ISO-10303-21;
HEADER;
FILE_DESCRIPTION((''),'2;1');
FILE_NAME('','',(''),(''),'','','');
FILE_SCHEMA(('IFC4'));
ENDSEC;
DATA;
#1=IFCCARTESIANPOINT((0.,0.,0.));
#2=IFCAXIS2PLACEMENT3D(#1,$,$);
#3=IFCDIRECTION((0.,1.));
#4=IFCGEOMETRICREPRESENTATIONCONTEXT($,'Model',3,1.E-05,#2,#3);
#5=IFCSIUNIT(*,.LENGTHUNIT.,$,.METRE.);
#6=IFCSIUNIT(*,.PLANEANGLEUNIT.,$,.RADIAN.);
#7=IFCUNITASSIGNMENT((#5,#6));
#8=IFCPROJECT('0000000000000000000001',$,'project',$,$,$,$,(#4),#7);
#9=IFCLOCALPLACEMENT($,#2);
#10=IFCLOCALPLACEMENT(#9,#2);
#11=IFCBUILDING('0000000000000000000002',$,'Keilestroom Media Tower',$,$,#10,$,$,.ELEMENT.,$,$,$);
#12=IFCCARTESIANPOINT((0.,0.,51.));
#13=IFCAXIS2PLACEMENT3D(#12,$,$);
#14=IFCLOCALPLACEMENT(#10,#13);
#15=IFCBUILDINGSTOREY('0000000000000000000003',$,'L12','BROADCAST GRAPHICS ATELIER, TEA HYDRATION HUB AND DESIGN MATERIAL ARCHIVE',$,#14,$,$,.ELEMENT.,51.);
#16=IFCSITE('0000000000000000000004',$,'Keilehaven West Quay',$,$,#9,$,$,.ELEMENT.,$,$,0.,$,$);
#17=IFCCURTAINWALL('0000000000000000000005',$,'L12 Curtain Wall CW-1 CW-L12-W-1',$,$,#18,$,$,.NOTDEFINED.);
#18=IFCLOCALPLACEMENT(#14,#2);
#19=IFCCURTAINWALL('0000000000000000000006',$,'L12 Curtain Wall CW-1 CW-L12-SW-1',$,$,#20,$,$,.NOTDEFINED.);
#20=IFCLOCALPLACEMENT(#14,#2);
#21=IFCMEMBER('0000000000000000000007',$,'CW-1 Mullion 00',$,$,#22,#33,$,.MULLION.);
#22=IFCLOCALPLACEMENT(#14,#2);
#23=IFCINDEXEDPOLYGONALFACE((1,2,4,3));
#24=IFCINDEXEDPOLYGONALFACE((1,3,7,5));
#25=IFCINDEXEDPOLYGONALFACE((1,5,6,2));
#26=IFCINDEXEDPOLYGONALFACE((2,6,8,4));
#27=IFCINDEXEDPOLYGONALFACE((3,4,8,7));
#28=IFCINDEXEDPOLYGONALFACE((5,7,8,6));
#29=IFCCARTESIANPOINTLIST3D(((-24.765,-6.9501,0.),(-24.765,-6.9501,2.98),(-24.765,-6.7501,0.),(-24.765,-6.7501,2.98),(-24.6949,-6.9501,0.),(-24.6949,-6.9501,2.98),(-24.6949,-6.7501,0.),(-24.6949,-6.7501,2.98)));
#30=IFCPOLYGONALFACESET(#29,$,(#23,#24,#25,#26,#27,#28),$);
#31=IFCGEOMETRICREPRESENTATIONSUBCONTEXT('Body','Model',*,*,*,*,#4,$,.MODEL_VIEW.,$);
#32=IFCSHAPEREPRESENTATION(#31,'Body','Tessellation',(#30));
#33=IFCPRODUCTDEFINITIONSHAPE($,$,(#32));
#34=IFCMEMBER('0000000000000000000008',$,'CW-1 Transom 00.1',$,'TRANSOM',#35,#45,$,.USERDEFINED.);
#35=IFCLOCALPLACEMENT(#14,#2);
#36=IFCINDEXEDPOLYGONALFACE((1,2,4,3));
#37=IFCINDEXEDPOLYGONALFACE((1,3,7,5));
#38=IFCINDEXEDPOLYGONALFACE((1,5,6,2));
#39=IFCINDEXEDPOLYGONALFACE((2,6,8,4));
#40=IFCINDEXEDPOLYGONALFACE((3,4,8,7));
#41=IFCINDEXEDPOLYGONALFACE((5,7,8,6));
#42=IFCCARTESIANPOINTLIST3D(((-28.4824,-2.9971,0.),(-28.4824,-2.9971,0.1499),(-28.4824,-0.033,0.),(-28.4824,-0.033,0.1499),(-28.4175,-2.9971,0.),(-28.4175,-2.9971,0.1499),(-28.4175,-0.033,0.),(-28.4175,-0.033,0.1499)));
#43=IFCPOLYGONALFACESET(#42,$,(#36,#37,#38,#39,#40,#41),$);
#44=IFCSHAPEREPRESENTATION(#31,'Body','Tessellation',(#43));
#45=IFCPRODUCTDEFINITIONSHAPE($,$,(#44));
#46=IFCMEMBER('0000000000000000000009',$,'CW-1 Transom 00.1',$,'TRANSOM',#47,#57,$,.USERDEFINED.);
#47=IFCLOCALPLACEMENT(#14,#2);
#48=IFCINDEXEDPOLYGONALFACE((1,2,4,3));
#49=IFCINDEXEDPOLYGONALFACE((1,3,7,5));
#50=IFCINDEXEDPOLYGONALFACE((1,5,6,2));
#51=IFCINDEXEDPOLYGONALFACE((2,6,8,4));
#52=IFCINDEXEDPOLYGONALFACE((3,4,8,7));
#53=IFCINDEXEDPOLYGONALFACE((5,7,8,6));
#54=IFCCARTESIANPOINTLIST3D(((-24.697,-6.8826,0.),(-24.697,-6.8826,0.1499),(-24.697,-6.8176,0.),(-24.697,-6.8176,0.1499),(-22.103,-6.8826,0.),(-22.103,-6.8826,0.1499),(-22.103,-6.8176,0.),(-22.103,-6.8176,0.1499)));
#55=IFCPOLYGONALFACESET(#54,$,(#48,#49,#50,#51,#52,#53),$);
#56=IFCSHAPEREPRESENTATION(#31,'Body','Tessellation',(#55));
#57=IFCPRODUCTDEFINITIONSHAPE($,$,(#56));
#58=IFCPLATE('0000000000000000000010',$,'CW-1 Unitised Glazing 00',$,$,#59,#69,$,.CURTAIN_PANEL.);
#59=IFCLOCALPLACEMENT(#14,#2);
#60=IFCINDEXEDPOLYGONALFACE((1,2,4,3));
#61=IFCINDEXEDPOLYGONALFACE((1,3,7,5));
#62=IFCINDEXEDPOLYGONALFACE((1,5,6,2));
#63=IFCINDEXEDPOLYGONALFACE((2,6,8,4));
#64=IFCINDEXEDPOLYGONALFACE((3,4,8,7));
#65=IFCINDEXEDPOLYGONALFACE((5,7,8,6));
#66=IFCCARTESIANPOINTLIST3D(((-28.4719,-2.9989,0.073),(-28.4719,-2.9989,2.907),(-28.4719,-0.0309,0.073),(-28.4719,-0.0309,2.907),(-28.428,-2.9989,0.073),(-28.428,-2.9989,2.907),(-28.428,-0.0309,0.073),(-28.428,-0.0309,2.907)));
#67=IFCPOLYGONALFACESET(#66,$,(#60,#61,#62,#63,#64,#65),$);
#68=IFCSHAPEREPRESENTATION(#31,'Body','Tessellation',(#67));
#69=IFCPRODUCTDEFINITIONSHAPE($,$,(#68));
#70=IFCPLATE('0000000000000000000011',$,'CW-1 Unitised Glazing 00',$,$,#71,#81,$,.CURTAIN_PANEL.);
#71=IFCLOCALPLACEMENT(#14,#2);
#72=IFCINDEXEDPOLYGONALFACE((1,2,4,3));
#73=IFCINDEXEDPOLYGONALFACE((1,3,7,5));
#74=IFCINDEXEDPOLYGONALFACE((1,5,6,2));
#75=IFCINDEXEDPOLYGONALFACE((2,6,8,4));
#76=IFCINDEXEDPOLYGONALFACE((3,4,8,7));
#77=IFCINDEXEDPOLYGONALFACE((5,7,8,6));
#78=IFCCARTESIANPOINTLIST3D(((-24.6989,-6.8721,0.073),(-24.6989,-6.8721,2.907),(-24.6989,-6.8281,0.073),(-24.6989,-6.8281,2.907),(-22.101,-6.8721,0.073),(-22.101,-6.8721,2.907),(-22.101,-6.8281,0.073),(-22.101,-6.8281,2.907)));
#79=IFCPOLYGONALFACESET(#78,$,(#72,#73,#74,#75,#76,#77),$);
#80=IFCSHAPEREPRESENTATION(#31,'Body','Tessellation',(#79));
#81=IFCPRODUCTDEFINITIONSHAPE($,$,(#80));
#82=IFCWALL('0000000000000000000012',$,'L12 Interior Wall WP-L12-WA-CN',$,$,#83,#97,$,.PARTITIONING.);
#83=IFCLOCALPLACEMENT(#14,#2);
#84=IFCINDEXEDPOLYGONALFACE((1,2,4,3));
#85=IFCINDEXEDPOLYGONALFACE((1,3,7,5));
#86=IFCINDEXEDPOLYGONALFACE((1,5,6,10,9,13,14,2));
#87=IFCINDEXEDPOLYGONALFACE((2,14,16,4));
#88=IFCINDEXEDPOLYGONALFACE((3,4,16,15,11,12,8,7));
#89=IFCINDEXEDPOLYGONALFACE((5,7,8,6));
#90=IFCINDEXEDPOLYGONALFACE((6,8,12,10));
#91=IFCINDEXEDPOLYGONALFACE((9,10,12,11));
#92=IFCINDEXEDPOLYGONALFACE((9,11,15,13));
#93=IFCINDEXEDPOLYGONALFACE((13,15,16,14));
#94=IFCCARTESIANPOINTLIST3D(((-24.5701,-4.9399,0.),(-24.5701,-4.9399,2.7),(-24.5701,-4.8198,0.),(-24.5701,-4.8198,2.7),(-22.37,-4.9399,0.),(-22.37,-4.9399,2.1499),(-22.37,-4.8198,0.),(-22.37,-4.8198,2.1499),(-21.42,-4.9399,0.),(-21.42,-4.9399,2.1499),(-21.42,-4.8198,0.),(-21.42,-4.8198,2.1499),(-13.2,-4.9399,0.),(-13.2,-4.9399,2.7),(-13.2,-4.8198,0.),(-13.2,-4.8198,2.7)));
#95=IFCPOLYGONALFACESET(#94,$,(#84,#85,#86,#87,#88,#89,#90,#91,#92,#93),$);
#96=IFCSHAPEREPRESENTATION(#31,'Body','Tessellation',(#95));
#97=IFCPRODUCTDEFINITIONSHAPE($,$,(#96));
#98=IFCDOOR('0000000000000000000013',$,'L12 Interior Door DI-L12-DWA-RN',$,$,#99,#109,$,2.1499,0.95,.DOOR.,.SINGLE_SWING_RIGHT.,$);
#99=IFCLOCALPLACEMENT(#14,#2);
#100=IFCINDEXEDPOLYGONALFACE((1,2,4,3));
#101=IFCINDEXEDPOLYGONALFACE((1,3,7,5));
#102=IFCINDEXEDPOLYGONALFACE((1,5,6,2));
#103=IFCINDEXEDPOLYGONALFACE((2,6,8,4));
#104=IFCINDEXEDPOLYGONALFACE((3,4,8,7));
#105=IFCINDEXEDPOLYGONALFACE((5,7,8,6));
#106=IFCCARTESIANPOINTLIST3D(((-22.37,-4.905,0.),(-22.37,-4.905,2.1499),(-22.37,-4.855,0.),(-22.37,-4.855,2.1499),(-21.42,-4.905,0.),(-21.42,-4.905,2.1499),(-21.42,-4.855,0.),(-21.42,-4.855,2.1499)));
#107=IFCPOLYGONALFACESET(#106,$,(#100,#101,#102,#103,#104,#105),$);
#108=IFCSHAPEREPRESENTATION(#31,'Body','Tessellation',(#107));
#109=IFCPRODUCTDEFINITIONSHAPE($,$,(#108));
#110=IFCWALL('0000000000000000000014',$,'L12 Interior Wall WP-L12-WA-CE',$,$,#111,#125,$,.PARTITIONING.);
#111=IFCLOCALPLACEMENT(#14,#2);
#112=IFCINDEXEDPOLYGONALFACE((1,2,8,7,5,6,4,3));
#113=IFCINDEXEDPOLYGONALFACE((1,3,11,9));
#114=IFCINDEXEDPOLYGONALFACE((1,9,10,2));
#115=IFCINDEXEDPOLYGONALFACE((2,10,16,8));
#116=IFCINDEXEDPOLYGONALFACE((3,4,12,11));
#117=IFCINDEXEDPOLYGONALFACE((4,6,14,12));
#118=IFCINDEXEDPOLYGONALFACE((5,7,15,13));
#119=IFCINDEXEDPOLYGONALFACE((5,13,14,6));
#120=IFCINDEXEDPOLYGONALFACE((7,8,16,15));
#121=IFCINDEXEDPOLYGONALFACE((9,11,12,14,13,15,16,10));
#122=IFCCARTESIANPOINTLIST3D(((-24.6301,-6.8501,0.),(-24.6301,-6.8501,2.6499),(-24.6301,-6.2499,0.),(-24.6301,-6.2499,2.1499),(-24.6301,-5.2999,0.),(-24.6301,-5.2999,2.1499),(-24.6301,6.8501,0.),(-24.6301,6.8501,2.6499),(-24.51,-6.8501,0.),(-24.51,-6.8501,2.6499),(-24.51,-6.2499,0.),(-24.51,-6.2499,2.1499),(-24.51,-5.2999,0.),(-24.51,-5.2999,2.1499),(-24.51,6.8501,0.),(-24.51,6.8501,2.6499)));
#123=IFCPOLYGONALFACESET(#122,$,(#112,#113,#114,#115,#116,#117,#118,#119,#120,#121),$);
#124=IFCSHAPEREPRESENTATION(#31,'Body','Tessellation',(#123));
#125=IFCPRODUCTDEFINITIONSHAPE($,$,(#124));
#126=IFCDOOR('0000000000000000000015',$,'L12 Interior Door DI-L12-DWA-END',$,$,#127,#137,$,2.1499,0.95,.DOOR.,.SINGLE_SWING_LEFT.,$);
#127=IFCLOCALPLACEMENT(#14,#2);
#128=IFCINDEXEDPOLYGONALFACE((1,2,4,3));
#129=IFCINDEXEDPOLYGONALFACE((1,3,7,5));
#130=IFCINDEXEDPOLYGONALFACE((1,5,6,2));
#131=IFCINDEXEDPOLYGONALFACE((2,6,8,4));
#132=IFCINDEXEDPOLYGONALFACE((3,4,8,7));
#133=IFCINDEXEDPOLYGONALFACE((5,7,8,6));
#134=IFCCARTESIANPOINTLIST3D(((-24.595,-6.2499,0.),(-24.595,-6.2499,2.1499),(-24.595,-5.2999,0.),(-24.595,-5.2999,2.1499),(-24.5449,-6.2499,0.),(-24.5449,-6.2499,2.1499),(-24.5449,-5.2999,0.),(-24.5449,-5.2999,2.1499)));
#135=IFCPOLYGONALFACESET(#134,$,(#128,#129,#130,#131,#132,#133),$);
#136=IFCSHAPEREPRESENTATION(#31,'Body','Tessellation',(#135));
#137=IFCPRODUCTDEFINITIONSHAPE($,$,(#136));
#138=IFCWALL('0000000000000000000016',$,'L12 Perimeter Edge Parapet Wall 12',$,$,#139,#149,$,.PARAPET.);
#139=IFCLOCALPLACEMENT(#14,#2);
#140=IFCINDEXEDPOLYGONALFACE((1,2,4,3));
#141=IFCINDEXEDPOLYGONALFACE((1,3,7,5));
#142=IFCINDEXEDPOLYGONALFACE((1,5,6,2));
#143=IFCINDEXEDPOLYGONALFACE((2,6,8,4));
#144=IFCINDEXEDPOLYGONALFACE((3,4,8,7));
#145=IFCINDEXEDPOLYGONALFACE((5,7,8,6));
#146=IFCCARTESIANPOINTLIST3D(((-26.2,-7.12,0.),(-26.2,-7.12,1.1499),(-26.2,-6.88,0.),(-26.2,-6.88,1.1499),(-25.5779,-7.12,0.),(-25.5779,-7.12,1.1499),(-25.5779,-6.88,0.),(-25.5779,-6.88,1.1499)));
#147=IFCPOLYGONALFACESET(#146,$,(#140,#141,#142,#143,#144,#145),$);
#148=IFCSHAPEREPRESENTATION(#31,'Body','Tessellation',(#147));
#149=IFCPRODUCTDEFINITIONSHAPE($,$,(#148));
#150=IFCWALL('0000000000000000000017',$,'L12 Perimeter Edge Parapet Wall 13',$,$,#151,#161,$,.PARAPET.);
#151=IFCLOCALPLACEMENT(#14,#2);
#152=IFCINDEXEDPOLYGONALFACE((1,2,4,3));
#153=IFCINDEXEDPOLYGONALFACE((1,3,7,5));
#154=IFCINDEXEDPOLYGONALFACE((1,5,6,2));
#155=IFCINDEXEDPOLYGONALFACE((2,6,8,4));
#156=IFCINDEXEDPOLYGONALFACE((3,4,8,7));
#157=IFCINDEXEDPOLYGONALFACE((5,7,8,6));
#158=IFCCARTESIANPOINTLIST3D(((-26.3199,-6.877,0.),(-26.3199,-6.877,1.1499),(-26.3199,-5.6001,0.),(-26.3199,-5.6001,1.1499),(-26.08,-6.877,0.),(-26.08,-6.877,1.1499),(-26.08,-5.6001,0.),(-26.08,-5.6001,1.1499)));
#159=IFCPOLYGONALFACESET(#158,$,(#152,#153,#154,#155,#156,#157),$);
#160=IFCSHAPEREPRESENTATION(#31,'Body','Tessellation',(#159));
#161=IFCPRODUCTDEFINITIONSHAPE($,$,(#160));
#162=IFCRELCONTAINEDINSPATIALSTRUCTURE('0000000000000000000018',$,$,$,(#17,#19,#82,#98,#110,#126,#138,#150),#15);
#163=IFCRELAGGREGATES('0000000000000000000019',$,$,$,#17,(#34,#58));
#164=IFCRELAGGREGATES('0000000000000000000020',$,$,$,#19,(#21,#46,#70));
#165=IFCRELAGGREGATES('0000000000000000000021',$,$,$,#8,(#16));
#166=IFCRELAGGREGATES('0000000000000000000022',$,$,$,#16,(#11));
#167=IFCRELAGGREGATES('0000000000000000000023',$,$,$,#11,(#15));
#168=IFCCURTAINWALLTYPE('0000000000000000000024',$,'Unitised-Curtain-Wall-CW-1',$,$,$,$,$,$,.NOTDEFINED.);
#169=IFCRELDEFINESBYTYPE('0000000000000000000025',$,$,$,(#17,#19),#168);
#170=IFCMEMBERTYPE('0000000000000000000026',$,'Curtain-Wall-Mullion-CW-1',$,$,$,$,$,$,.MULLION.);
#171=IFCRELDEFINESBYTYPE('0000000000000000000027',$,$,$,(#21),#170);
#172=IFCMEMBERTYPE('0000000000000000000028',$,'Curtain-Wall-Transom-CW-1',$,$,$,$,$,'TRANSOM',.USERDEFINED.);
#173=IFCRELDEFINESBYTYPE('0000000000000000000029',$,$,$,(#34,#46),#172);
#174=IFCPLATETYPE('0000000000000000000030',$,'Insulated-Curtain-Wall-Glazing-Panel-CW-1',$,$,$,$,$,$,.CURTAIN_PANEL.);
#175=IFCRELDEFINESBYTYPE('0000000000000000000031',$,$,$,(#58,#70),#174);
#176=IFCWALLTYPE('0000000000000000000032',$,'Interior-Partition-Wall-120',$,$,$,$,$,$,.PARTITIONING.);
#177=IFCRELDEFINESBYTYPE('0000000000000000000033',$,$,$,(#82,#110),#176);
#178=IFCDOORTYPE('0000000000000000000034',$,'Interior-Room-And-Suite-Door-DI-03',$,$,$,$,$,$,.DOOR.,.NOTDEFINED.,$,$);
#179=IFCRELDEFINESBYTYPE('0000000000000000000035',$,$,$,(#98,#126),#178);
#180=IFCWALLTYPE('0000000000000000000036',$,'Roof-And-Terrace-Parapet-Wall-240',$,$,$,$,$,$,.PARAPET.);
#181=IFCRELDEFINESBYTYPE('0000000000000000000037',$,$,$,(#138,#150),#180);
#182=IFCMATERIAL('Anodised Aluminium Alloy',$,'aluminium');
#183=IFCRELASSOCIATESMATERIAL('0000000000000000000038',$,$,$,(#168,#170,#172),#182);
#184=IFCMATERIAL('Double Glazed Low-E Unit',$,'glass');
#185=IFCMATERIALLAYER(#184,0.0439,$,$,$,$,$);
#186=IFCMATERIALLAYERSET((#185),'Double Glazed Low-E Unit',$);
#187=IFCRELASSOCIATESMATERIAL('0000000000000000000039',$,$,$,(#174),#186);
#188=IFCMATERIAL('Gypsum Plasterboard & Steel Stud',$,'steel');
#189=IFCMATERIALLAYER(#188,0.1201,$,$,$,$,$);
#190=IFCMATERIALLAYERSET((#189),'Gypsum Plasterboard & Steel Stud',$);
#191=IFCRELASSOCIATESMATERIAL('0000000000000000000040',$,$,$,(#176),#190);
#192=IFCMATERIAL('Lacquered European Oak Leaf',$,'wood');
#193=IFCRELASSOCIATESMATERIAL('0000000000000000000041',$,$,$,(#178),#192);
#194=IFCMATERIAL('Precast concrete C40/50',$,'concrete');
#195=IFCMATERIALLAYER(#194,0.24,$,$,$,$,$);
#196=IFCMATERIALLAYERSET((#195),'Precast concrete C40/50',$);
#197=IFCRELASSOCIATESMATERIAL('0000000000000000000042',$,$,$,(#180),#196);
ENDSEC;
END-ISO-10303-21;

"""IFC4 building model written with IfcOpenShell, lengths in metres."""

from ifc_helpers import new_model, si_unit, direction, frame, frame_2d, origin, origin_2d, place, context, subcontext, project, spatial, rectangle, extrude, source, transform, mapped, material, layer, layer_set, material_profile, profile_set, type_object, element, fill, aggregate, save


model = new_model("IFC4")

# Units and contexts
model_context = context("Model", 3, precision=1e-05, world=origin(), true_north=direction((0.0, 1.0)))
body_context = subcontext(model_context, "Body", "Model", "MODEL_VIEW")
ifc_project = project(units=[si_unit("LENGTHUNIT", "METRE"), si_unit("PLANEANGLEUNIT", "RADIAN")], contexts=[model_context])

# Site, building, storey
site_placement = place(None, origin())
site = spatial("IfcSite", under=ifc_project, at=site_placement, Name="Keilehaven West Quay", CompositionType="ELEMENT", RefElevation=0.0)
building_placement = place(site_placement, origin())
building = spatial("IfcBuilding", under=site, at=building_placement, Name="Keilestroom Media Tower", CompositionType="ELEMENT")
storey_placement = place(building_placement, frame((0.0, 0.0, 51.0)))
storey = spatial("IfcBuildingStorey", under=building, at=storey_placement, Name="L12", Description="BROADCAST GRAPHICS ATELIER, TEA HYDRATION HUB AND DESIGN MATERIAL ARCHIVE", CompositionType="ELEMENT", Elevation=51.0)

# Shared definitions
ifc_material_1 = material(Name="Precast concrete C40/50", Category="concrete")

# Curtain walls, member
ifc_material_2 = material(Name="Anodised Aluminium Alloy", Category="aluminium")
curtain_wall_type = type_object("IfcCurtainWallType", Name="Unitised-Curtain-Wall-CW-1", PredefinedType="NOTDEFINED", material=ifc_material_2)
curtain_wall_1_placement = place(storey_placement, origin())
curtain_wall_1 = element("IfcCurtainWall", 1, at=curtain_wall_1_placement, inside=storey, type_object=curtain_wall_type, Name="L12 Curtain Wall CW-1 CW-L12-W-1", PredefinedType="NOTDEFINED")
ifc_material_profile_1 = material_profile(ifc_material_2, rectangle(XDim=0.0701, YDim=0.2, at=origin_2d()), Name="ALU MULLION 70x200")
ifc_profile_set_1 = profile_set([ifc_material_profile_1], Name="Anodised Aluminium Alloy")
member_type_1 = type_object("IfcMemberType", Name="Curtain-Wall-Mullion-CW-1", PredefinedType="MULLION", material=ifc_profile_set_1)
shared_shape_1 = source(origin(), body_context, "Body", "SweptSolid", [
    extrude(rectangle(XDim=0.0701, YDim=0.2, at=origin_2d()), origin(), (0.0, 0.0, 1.0), 2.98),
])
curtain_wall_2_placement = place(storey_placement, origin())
curtain_wall_2 = element("IfcCurtainWall", 2, at=curtain_wall_2_placement, inside=storey, type_object=curtain_wall_type, Name="L12 Curtain Wall CW-1 CW-L12-SW-1", PredefinedType="NOTDEFINED")
member_1_placement = place(storey_placement, frame((-24.73, -6.8501, 0.0), z_axis=(0.0, 0.0, 1.0), x_axis=(1.0, 0.0, 0.0)))
member_1 = element("IfcMember", 3, at=member_1_placement, type_object=member_type_1, Name="CW-1 Mullion 00", PredefinedType="MULLION", context=body_context, shape_type="MappedRepresentation", body=[
    mapped(shared_shape_1, transform((0.0, 0.0, 0.0), x_axis=(1.0, 0.0, 0.0), y_axis=(0.0, 1.0, 0.0), z_axis=(0.0, 0.0, 1.0), scale=1.0)),
])

# Members
ifc_material_profile_2 = material_profile(ifc_material_2, rectangle(XDim=0.0649, YDim=0.1499, at=origin_2d()), Name="ALU TRANSOM 65x150")
ifc_profile_set_2 = profile_set([ifc_material_profile_2], Name="Anodised Aluminium Alloy")
member_type_2 = type_object("IfcMemberType", Name="Curtain-Wall-Transom-CW-1", ElementType="TRANSOM", PredefinedType="USERDEFINED", material=ifc_profile_set_2)
shared_shape_2 = source(origin(), body_context, "Body", "SweptSolid", [
    extrude(rectangle(XDim=0.0649, YDim=0.1499, at=origin_2d()), origin(), (0.0, 0.0, 1.0), 2.9641),
])
member_2_placement = place(storey_placement, frame((-28.45, -2.9971, 0.075), z_axis=(0.0, 1.0, 0.0), x_axis=(-1.0, 0.0, 0.0)))
member_2 = element("IfcMember", 4, at=member_2_placement, type_object=member_type_2, Name="CW-1 Transom 00.1", ObjectType="TRANSOM", PredefinedType="USERDEFINED", context=body_context, shape_type="MappedRepresentation", body=[
    mapped(shared_shape_2, transform((0.0, 0.0, 0.0), x_axis=(1.0, 0.0, 0.0), y_axis=(0.0, 1.0, 0.0), z_axis=(0.0, 0.0, 1.0), scale=1.0)),
])
shared_shape_3 = source(origin(), body_context, "Body", "SweptSolid", [
    extrude(rectangle(XDim=0.0649, YDim=0.1499, at=origin_2d()), origin(), (0.0, 0.0, 1.0), 2.594),
])
member_3_placement = place(storey_placement, frame((-24.697, -6.8501, 0.075), z_axis=(1.0, 0.0, 0.0), x_axis=(0.0, 1.0, 0.0)))
member_3 = element("IfcMember", 5, at=member_3_placement, type_object=member_type_2, Name="CW-1 Transom 00.1", ObjectType="TRANSOM", PredefinedType="USERDEFINED", context=body_context, shape_type="MappedRepresentation", body=[
    mapped(shared_shape_3, transform((0.0, 0.0, 0.0), x_axis=(1.0, 0.0, 0.0), y_axis=(0.0, 1.0, 0.0), z_axis=(0.0, 0.0, 1.0), scale=1.0)),
])

# Plates
ifc_material_3 = material(Name="Double Glazed Low-E Unit", Category="glass")
ifc_layer_1 = layer(ifc_material_3, 0.0439)
ifc_layer_set_1 = layer_set([ifc_layer_1], Name="Double Glazed Low-E Unit")
plate_type = type_object("IfcPlateType", Name="Insulated-Curtain-Wall-Glazing-Panel-CW-1", PredefinedType="CURTAIN_PANEL", material=ifc_layer_set_1)
shared_shape_4 = source(origin(), body_context, "Body", "SweptSolid", [
    extrude(rectangle(XDim=2.968, YDim=0.0439, at=origin_2d()), origin(), (0.0, 0.0, 1.0), 2.834),
])
plate_1_placement = place(storey_placement, frame((-28.45, -1.5149, 0.073), z_axis=(0.0, 0.0, 1.0), x_axis=(0.0, 1.0, 0.0)))
plate_1 = element("IfcPlate", 6, at=plate_1_placement, type_object=plate_type, Name="CW-1 Unitised Glazing 00", PredefinedType="CURTAIN_PANEL", context=body_context, shape_type="MappedRepresentation", body=[
    mapped(shared_shape_4, transform((0.0, 0.0, 0.0), x_axis=(1.0, 0.0, 0.0), y_axis=(0.0, 1.0, 0.0), z_axis=(0.0, 0.0, 1.0), scale=1.0)),
])
aggregate(curtain_wall_1, [member_2, plate_1])
shared_shape_5 = source(origin(), body_context, "Body", "SweptSolid", [
    extrude(rectangle(XDim=2.5979, YDim=0.0439, at=origin_2d()), origin(), (0.0, 0.0, 1.0), 2.834),
])
plate_2_placement = place(storey_placement, frame((-23.3999, -6.8501, 0.073), z_axis=(0.0, 0.0, 1.0), x_axis=(1.0, 0.0, 0.0)))
plate_2 = element("IfcPlate", 7, at=plate_2_placement, type_object=plate_type, Name="CW-1 Unitised Glazing 00", PredefinedType="CURTAIN_PANEL", context=body_context, shape_type="MappedRepresentation", body=[
    mapped(shared_shape_5, transform((0.0, 0.0, 0.0), x_axis=(1.0, 0.0, 0.0), y_axis=(0.0, 1.0, 0.0), z_axis=(0.0, 0.0, 1.0), scale=1.0)),
])
aggregate(curtain_wall_2, [member_1, member_3, plate_2])

# Walls, openings, doors
ifc_material_4 = material(Name="Gypsum Plasterboard & Steel Stud", Category="steel")
ifc_layer_2 = layer(ifc_material_4, 0.1201)
ifc_layer_set_2 = layer_set([ifc_layer_2], Name="Gypsum Plasterboard & Steel Stud")
wall_type_1 = type_object("IfcWallType", Name="Interior-Partition-Wall-120", PredefinedType="PARTITIONING", material=ifc_layer_set_2)
wall_1_placement = place(storey_placement, frame((-24.5701, -4.8799, 0.0), z_axis=(0.0, 0.0, 1.0), x_axis=(1.0, 0.0, 0.0)))
wall_1 = element("IfcWall", 8, at=wall_1_placement, inside=storey, type_object=wall_type_1, Name="L12 Interior Wall WP-L12-WA-CN", PredefinedType="PARTITIONING", context=body_context, shape_type="SweptSolid", body=[
    extrude(rectangle(XDim=11.3701, YDim=0.1201, at=frame_2d((5.6851, 0.0))), origin(), (0.0, 0.0, 1.0), 2.7),
])
opening_1_placement = place(wall_1_placement, frame((2.2, 0.0, 0.0)))
opening_1 = element("IfcOpeningElement", 9, at=opening_1_placement, cuts=wall_1, PredefinedType="OPENING", context=body_context, shape_type="SweptSolid", body=[
    extrude(rectangle(XDim=0.95, YDim=2.1499, at=frame_2d((0.4751, 1.075))), frame((0.0, 0.0701, 0.0), z_axis=(0.0, -1.0, 0.0), x_axis=(1.0, 0.0, 0.0)), (0.0, 0.0, 1.0), 0.1401),
])
ifc_material_5 = material(Name="Lacquered European Oak Leaf", Category="wood")
door_type = type_object("IfcDoorType", Name="Interior-Room-And-Suite-Door-DI-03", OperationType="NOTDEFINED", PredefinedType="DOOR", material=ifc_material_5)
shared_shape_6 = source(origin(), body_context, "Body", "SweptSolid", [
    extrude(rectangle(XDim=0.95, YDim=2.1499, at=frame_2d((0.4751, 1.075))), frame((0.0, 0.0249, 0.0), z_axis=(0.0, -1.0, 0.0), x_axis=(1.0, 0.0, 0.0)), (0.0, 0.0, 1.0), 0.05),
])
door_1_placement = place(opening_1_placement, origin())
door_1 = element("IfcDoor", 10, at=door_1_placement, inside=storey, type_object=door_type, Name="L12 Interior Door DI-L12-DWA-RN", OperationType="SINGLE_SWING_RIGHT", OverallHeight=2.1499, OverallWidth=0.95, PredefinedType="DOOR", context=body_context, shape_type="MappedRepresentation", body=[
    mapped(shared_shape_6, transform((0.0, 0.0, 0.0), x_axis=(1.0, 0.0, 0.0), y_axis=(0.0, 1.0, 0.0), z_axis=(0.0, 0.0, 1.0), scale=1.0)),
])
fill(opening_1, door_1)
wall_2_placement = place(storey_placement, frame((-24.5701, -6.8501, 0.0), z_axis=(0.0, 0.0, 1.0), x_axis=(0.0, 1.0, 0.0)))
wall_2 = element("IfcWall", 11, at=wall_2_placement, inside=storey, type_object=wall_type_1, Name="L12 Interior Wall WP-L12-WA-CE", PredefinedType="PARTITIONING", context=body_context, shape_type="SweptSolid", body=[
    extrude(rectangle(XDim=13.7002, YDim=0.1201, at=frame_2d((6.8501, 0.0))), origin(), (0.0, 0.0, 1.0), 2.6499),
])
opening_2_placement = place(wall_2_placement, frame((0.6001, 0.0, 0.0)))
opening_2 = element("IfcOpeningElement", 12, at=opening_2_placement, cuts=wall_2, PredefinedType="OPENING", context=body_context, shape_type="SweptSolid", body=[
    extrude(rectangle(XDim=0.95, YDim=2.1499, at=frame_2d((0.4751, 1.075))), frame((0.0, 0.0701, 0.0), z_axis=(0.0, -1.0, 0.0), x_axis=(1.0, 0.0, 0.0)), (0.0, 0.0, 1.0), 0.1401),
])
door_2_placement = place(opening_2_placement, origin())
door_2 = element("IfcDoor", 13, at=door_2_placement, inside=storey, type_object=door_type, Name="L12 Interior Door DI-L12-DWA-END", OperationType="SINGLE_SWING_LEFT", OverallHeight=2.1499, OverallWidth=0.95, PredefinedType="DOOR", context=body_context, shape_type="MappedRepresentation", body=[
    mapped(shared_shape_6, transform((0.0, 0.0, 0.0), x_axis=(1.0, 0.0, 0.0), y_axis=(0.0, 1.0, 0.0), z_axis=(0.0, 0.0, 1.0), scale=1.0)),
])
fill(opening_2, door_2)

# Walls
ifc_layer_3 = layer(ifc_material_1, 0.24)
ifc_layer_set_3 = layer_set([ifc_layer_3], Name="Precast concrete C40/50")
wall_type_2 = type_object("IfcWallType", Name="Roof-And-Terrace-Parapet-Wall-240", PredefinedType="PARAPET", material=ifc_layer_set_3)
wall_3_placement = place(storey_placement, frame((-25.5779, -7.0, 0.0), z_axis=(0.0, 0.0, 1.0), x_axis=(-1.0, 0.0, 0.0)))
element("IfcWall", 14, at=wall_3_placement, inside=storey, type_object=wall_type_2, Name="L12 Perimeter Edge Parapet Wall 12", PredefinedType="PARAPET", context=body_context, shape_type="SweptSolid", body=[
    extrude(rectangle(XDim=0.6221, YDim=0.24, at=frame_2d((0.311, 0.0))), origin(), (0.0, 0.0, 1.0), 1.1499),
])
wall_4_placement = place(storey_placement, frame((-26.2, -6.877, 0.0), z_axis=(0.0, 0.0, 1.0), x_axis=(0.0, 1.0, 0.0)))
element("IfcWall", 15, at=wall_4_placement, inside=storey, type_object=wall_type_2, Name="L12 Perimeter Edge Parapet Wall 13", PredefinedType="PARAPET", context=body_context, shape_type="SweptSolid", body=[
    extrude(rectangle(XDim=1.2769, YDim=0.24, at=frame_2d((0.6384, 0.0))), origin(), (0.0, 0.0, 1.0), 1.1499),
])

save(model, "model.ifc")
